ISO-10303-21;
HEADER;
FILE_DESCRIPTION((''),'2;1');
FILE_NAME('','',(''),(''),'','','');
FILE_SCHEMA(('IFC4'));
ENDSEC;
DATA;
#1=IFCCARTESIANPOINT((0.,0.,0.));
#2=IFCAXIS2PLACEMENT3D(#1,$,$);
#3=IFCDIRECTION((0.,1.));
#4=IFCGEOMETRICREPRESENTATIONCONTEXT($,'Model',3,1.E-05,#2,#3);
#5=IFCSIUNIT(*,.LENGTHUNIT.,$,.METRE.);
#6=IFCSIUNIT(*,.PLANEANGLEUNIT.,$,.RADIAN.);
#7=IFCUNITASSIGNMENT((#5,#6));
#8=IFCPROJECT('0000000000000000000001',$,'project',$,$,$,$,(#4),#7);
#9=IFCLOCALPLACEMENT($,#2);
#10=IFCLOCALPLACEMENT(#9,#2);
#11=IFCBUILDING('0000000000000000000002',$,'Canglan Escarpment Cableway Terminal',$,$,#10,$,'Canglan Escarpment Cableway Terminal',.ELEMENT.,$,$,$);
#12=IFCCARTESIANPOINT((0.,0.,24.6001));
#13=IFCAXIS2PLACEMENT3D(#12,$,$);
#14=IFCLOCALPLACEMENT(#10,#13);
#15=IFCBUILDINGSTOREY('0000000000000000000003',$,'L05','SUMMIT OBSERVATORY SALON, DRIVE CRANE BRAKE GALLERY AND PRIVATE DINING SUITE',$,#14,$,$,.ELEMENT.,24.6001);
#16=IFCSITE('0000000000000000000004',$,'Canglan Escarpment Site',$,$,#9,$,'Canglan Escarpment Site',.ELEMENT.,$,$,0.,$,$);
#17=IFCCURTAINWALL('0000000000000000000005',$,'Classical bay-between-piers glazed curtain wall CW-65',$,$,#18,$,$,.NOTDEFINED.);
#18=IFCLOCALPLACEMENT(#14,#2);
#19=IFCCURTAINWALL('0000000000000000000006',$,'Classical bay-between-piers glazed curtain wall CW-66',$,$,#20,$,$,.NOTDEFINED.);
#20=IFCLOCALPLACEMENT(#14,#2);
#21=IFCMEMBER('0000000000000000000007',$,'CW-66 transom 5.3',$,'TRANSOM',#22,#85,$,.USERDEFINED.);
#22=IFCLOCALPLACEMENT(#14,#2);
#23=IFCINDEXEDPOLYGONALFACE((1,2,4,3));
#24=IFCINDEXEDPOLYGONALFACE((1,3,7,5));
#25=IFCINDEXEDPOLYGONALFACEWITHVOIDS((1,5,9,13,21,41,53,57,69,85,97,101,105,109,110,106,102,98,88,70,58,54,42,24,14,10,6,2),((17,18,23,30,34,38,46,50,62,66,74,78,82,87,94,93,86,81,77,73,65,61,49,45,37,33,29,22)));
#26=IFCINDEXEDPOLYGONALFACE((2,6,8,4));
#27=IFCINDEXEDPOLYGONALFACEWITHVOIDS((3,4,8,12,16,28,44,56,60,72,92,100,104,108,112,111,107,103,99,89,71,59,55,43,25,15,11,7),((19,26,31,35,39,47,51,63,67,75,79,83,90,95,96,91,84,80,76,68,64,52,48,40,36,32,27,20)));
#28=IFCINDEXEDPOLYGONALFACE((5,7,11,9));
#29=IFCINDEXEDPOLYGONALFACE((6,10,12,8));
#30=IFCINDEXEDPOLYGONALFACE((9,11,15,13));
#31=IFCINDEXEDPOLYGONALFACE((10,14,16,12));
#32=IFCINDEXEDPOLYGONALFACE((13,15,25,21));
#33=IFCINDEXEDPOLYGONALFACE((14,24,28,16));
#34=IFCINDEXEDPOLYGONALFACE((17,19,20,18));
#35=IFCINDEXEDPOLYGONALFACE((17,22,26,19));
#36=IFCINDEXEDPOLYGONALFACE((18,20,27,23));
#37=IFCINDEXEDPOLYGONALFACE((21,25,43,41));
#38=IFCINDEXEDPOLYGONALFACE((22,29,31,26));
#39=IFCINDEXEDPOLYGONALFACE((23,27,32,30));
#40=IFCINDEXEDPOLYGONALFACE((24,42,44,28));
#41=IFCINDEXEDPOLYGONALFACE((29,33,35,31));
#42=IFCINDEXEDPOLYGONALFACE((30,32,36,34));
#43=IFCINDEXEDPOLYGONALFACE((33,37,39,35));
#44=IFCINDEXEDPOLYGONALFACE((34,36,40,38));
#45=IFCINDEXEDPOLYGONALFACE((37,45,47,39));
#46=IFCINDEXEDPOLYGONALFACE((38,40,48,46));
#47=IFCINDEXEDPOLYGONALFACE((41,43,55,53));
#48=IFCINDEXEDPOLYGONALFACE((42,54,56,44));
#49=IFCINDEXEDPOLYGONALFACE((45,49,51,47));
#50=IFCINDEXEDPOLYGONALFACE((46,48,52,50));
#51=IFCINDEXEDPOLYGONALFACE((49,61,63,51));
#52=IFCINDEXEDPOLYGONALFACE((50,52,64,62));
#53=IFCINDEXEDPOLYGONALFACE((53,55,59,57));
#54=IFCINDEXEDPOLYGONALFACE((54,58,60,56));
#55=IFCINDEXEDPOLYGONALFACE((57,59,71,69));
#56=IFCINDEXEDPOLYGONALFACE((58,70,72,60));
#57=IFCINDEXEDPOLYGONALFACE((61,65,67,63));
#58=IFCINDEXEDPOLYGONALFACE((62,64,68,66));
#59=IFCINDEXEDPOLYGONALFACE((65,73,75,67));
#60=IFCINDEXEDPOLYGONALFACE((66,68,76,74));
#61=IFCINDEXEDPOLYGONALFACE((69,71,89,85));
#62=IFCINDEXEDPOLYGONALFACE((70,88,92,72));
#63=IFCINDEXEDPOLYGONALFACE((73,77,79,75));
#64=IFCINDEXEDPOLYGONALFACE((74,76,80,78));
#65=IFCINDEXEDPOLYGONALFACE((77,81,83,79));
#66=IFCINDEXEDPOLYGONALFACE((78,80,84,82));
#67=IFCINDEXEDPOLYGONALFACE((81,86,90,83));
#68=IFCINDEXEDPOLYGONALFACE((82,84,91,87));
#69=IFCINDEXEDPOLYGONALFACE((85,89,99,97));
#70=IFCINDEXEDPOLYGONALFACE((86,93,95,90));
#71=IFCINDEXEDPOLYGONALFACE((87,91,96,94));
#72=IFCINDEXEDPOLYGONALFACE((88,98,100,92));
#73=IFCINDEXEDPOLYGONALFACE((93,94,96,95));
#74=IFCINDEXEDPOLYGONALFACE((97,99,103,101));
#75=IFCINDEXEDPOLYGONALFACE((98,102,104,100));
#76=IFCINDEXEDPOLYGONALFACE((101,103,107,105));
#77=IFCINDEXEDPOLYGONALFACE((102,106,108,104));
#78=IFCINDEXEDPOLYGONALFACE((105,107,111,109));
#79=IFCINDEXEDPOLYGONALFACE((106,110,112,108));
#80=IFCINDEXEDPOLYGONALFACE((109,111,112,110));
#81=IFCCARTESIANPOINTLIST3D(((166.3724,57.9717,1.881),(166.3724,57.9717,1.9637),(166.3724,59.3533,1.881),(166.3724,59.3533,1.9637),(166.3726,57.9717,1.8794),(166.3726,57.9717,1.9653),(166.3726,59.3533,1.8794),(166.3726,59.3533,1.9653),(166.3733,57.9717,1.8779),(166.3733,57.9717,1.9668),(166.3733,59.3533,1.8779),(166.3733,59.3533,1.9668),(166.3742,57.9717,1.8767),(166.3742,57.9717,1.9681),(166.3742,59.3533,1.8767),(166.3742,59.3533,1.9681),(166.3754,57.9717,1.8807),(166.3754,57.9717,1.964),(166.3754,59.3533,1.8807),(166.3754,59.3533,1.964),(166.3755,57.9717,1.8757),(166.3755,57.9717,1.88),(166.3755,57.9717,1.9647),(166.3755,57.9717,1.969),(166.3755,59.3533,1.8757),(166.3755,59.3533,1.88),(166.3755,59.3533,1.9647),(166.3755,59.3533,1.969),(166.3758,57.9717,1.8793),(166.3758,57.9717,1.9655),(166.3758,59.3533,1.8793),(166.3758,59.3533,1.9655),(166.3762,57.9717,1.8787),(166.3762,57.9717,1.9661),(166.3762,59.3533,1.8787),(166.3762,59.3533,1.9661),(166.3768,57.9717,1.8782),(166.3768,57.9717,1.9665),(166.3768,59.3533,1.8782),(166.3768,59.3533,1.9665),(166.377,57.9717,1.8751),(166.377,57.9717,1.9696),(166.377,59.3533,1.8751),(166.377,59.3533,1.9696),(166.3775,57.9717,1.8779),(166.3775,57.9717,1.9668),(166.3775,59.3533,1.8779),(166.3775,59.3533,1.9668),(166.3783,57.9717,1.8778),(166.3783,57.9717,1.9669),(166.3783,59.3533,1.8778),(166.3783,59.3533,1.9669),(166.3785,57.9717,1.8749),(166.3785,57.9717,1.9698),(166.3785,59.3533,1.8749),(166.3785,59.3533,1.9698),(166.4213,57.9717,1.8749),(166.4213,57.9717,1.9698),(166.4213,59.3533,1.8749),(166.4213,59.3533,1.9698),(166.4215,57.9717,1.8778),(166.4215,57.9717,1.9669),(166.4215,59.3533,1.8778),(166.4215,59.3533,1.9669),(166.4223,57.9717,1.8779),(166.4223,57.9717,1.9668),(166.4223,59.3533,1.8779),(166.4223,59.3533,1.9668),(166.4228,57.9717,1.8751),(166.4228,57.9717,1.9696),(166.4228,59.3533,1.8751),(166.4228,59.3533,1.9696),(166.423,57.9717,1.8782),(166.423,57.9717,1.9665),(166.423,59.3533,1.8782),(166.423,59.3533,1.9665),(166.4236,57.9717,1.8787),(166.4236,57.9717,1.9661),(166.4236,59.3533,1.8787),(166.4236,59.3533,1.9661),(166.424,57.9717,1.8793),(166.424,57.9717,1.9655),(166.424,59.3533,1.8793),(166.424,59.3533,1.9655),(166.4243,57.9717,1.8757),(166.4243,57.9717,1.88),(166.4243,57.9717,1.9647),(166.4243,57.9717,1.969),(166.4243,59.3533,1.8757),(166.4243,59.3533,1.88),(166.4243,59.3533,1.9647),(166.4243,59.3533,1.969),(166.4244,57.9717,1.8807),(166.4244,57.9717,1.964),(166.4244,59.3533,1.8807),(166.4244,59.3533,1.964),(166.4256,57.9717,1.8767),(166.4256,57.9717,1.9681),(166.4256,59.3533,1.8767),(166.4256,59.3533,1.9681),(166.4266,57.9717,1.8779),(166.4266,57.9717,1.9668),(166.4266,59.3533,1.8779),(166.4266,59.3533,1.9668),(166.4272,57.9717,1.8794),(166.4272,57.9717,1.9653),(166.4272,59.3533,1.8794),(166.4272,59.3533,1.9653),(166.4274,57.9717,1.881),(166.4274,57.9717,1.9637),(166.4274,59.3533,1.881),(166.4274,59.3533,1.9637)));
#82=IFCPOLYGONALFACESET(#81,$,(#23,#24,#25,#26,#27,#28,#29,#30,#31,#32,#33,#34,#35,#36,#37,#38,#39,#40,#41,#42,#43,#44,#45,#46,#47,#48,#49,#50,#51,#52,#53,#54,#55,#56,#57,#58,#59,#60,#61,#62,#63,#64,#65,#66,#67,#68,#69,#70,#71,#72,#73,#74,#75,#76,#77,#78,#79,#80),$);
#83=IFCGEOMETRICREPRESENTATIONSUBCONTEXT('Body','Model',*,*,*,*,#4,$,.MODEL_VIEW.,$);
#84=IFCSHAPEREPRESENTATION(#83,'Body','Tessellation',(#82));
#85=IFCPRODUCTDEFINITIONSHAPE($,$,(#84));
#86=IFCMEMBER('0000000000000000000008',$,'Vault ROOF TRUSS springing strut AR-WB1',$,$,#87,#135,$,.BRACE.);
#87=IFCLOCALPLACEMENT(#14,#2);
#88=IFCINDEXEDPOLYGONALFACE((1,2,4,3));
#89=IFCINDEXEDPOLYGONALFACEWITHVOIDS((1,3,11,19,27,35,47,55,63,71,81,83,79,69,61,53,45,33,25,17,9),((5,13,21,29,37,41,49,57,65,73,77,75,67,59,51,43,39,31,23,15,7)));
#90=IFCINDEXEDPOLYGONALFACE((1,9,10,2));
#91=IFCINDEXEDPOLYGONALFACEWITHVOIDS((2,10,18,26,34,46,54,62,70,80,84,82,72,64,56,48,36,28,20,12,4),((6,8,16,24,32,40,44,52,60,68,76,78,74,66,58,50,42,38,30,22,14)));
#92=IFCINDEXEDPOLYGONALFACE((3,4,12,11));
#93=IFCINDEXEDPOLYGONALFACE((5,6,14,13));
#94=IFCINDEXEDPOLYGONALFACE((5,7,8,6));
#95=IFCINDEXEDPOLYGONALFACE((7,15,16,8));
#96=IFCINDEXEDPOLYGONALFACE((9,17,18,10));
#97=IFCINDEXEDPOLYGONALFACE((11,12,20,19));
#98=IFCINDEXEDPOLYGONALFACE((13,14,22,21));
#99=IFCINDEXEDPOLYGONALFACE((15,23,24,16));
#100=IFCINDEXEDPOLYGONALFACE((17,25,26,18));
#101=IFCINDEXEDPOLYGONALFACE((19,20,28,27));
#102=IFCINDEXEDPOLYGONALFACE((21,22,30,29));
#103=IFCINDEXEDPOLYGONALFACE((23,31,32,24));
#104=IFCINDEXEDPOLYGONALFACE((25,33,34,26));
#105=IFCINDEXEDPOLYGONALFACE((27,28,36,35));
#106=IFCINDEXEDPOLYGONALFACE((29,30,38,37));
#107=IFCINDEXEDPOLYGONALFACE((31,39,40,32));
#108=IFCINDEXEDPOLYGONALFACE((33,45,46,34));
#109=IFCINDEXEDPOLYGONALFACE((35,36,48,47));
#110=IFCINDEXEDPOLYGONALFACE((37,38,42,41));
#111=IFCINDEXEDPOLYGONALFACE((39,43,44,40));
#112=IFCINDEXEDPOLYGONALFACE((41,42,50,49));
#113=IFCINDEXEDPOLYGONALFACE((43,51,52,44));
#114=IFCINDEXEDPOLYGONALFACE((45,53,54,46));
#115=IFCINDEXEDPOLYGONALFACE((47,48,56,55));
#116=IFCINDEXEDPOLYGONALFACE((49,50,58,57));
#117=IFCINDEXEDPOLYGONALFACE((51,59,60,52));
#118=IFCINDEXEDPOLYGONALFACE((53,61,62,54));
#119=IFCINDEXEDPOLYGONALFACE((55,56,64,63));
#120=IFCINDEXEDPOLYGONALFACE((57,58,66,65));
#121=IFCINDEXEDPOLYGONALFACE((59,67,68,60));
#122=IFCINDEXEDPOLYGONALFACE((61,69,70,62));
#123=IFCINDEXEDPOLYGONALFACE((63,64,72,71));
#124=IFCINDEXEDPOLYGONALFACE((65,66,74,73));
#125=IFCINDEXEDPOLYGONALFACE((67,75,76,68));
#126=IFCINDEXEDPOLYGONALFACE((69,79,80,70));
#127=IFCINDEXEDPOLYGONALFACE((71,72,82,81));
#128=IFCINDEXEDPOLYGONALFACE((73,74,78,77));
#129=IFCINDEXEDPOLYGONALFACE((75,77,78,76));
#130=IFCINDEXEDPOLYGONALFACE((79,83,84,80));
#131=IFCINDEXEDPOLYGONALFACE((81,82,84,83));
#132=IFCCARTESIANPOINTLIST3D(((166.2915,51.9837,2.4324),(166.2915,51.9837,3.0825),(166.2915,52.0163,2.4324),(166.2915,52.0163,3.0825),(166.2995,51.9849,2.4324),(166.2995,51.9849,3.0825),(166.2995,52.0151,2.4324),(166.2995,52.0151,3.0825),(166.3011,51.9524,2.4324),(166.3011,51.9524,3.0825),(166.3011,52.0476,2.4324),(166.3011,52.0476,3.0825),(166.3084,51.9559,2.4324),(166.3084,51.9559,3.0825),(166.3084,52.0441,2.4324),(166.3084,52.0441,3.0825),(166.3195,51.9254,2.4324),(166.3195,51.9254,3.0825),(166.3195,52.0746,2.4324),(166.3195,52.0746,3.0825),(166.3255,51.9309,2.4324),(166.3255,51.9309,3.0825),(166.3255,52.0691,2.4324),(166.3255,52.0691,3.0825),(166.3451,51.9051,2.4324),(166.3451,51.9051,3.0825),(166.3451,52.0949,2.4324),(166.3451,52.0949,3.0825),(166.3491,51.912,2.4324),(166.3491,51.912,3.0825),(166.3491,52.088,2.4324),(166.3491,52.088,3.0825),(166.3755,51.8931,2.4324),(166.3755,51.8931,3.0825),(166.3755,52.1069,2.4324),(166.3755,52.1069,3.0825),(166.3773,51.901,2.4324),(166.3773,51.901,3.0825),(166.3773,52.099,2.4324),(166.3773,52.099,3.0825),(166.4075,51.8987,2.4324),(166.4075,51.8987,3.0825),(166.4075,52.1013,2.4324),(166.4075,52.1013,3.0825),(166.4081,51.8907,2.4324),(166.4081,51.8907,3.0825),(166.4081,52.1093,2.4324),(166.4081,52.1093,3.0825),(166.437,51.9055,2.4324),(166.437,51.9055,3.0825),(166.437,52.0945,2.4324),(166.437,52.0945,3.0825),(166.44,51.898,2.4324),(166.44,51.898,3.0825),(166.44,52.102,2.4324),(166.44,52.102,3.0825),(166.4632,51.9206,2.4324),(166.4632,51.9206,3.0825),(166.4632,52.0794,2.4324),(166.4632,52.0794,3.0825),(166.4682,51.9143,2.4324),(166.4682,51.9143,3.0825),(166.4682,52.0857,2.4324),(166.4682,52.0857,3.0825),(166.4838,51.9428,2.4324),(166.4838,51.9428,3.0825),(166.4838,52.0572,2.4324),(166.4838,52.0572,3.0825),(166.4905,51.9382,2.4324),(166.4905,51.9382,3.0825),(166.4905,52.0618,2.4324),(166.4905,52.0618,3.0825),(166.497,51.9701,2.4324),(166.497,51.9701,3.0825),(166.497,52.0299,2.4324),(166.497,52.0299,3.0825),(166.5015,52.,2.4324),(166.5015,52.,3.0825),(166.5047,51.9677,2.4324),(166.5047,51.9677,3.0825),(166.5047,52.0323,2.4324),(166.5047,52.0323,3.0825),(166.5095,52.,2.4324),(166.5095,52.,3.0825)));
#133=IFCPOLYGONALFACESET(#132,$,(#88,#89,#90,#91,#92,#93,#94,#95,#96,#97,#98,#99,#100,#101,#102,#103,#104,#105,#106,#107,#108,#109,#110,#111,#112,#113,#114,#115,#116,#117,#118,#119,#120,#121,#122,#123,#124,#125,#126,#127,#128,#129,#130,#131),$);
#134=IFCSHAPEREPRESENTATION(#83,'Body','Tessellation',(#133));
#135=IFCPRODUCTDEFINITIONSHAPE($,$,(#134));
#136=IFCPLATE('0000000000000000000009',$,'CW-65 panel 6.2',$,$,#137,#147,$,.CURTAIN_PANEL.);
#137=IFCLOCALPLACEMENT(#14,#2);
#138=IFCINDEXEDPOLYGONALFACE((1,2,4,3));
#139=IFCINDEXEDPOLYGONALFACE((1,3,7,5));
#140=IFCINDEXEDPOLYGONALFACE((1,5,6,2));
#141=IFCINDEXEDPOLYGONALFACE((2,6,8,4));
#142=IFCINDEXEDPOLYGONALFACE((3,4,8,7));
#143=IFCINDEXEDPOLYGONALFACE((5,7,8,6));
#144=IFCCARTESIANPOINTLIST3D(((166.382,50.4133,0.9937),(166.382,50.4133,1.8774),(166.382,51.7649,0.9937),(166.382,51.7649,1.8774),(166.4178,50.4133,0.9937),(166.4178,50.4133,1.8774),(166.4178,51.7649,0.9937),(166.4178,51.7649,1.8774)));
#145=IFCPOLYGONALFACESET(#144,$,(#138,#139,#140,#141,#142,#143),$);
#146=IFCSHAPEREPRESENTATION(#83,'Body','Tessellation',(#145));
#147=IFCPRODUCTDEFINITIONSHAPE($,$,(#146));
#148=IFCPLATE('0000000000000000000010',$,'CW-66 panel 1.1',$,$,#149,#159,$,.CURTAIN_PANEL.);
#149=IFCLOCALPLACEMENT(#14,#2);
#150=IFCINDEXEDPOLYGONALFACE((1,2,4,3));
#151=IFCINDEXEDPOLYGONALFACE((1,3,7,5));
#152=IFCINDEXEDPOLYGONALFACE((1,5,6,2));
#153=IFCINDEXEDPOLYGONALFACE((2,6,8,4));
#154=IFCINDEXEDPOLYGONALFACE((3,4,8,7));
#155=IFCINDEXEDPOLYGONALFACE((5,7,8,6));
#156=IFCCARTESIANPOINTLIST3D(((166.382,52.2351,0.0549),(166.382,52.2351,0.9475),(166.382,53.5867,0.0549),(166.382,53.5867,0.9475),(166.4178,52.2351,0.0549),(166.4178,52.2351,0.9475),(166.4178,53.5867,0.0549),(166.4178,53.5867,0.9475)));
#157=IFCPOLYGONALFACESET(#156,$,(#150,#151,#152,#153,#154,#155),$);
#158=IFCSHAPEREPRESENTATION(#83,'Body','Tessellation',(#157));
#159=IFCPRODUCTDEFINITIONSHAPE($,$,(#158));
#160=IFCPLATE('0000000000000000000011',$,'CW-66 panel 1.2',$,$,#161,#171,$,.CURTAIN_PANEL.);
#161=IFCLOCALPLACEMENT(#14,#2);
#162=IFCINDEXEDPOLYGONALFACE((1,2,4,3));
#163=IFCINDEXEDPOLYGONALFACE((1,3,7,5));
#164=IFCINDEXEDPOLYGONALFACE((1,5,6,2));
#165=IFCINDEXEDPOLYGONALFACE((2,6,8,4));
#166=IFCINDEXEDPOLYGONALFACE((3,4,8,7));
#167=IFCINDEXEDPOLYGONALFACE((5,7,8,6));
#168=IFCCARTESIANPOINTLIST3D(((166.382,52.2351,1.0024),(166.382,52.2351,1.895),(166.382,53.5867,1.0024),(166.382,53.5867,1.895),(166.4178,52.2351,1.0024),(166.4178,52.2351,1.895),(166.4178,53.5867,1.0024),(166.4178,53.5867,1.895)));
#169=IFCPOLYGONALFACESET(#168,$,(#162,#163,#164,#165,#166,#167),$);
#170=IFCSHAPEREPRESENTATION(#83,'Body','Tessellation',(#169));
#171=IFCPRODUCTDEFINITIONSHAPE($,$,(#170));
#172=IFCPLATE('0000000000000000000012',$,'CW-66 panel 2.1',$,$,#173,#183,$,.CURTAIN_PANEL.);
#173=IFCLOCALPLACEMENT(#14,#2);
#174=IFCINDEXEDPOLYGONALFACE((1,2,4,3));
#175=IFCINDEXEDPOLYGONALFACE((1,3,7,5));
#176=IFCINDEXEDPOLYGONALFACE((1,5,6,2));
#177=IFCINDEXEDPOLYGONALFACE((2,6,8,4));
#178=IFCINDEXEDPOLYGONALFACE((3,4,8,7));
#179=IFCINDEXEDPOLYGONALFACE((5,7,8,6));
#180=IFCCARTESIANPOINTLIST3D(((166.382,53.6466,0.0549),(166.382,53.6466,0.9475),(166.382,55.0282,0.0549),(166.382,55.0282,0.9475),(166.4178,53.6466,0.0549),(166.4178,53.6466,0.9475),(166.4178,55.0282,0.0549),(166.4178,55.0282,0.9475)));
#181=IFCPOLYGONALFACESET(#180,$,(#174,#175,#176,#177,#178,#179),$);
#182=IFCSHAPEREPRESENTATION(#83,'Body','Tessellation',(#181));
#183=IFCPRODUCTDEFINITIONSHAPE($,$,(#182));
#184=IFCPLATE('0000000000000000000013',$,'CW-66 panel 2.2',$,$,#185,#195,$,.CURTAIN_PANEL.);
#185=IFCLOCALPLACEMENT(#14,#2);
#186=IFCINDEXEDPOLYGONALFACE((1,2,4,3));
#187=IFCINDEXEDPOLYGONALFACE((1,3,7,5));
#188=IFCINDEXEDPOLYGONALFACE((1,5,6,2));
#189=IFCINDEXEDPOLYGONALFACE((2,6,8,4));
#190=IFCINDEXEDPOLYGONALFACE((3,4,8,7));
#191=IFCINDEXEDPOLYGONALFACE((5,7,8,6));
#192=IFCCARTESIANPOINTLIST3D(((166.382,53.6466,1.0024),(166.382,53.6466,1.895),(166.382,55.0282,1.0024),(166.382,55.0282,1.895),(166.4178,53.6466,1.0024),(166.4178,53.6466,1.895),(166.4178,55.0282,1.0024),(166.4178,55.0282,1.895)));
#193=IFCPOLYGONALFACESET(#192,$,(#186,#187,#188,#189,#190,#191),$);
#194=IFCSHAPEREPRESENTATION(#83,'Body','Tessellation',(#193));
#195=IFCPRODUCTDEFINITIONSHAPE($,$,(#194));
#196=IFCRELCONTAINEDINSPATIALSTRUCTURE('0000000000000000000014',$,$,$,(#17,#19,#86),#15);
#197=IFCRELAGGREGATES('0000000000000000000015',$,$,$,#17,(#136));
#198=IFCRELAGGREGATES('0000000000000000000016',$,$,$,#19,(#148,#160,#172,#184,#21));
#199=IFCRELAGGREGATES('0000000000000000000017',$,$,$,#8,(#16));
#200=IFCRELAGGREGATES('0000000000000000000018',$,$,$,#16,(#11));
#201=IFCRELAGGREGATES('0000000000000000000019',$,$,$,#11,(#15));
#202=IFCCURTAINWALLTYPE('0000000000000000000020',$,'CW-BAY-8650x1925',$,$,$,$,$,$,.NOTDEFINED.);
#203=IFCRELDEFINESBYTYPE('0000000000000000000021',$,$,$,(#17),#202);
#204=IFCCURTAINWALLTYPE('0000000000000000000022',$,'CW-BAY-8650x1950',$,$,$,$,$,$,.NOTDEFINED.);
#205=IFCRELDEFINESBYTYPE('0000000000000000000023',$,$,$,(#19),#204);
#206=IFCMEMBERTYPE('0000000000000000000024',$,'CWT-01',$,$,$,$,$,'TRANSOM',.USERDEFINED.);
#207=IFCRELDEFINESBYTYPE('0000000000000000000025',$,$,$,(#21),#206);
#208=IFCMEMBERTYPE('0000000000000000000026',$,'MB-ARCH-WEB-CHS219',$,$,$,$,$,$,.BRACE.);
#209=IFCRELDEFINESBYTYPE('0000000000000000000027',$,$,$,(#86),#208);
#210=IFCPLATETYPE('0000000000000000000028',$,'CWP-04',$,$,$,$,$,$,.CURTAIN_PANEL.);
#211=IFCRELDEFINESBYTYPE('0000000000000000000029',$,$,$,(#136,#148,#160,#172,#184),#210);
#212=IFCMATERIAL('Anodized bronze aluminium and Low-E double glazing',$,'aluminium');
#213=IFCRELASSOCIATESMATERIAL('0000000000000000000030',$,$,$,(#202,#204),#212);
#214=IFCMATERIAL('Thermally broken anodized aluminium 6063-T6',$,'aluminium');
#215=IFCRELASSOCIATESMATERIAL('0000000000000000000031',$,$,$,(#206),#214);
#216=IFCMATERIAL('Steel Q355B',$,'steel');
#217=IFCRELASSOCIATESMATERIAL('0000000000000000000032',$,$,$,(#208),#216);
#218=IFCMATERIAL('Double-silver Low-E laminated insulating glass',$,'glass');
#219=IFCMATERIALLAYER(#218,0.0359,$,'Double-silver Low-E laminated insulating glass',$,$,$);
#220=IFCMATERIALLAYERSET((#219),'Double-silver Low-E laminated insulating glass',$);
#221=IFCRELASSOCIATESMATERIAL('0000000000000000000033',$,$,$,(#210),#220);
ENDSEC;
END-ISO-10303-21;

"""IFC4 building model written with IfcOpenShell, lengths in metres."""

from ifc_helpers import new_model, si_unit, direction, frame, origin, origin_2d, place, context, subcontext, project, spatial, rectangle, hollow_rectangle, hollow_circle, extrude, material, layer, layer_set, material_profile, profile_set, type_object, element, aggregate, save


model = new_model("IFC4")

# Units and contexts
model_context = context("Model", 3, precision=1e-05, world=origin(), true_north=direction((0.0, 1.0)))
body_context = subcontext(model_context, "Body", "Model", "MODEL_VIEW")
ifc_project = project(units=[si_unit("LENGTHUNIT", "METRE"), si_unit("PLANEANGLEUNIT", "RADIAN")], contexts=[model_context])

# Site, building, storey
site_placement = place(None, origin())
site = spatial("IfcSite", under=ifc_project, at=site_placement, Name="Canglan Escarpment Site", LongName="Canglan Escarpment Site", CompositionType="ELEMENT", RefElevation=0.0)
building_placement = place(site_placement, origin())
building = spatial("IfcBuilding", under=site, at=building_placement, Name="Canglan Escarpment Cableway Terminal", LongName="Canglan Escarpment Cableway Terminal", CompositionType="ELEMENT")
storey_placement = place(building_placement, frame((0.0, 0.0, 24.6001)))
storey = spatial("IfcBuildingStorey", under=building, at=storey_placement, Name="L05", Description="SUMMIT OBSERVATORY SALON, DRIVE CRANE BRAKE GALLERY AND PRIVATE DINING SUITE", CompositionType="ELEMENT", Elevation=24.6001)

# Shared definitions
ifc_material_1 = material(Name="Steel Q355B", Category="steel")

# Curtain wall
ifc_material_2 = material(Name="Anodized bronze aluminium and Low-E double glazing", Category="aluminium")
curtain_wall_type_1 = type_object("IfcCurtainWallType", Name="CW-BAY-8650x1925", PredefinedType="NOTDEFINED", material=ifc_material_2)
curtain_wall_1_placement = place(storey_placement, origin())
curtain_wall_1 = element("IfcCurtainWall", 1, at=curtain_wall_1_placement, inside=storey, type_object=curtain_wall_type_1, Name="Classical bay-between-piers glazed curtain wall CW-65", PredefinedType="NOTDEFINED")
ifc_material_3 = material(Name="Thermally broken anodized aluminium 6063-T6", Category="aluminium")

# Curtain wall, member
curtain_wall_type_2 = type_object("IfcCurtainWallType", Name="CW-BAY-8650x1950", PredefinedType="NOTDEFINED", material=ifc_material_2)
curtain_wall_2_placement = place(storey_placement, origin())
curtain_wall_2 = element("IfcCurtainWall", 2, at=curtain_wall_2_placement, inside=storey, type_object=curtain_wall_type_2, Name="Classical bay-between-piers glazed curtain wall CW-66", PredefinedType="NOTDEFINED")
ifc_material_profile_1 = material_profile(ifc_material_3, hollow_rectangle(XDim=0.0549, YDim=0.095, WallThickness=0.0029, InnerFilletRadius=0.0029, OuterFilletRadius=0.0061, at=origin_2d()), Name="ALU-TRAN 55x95x3")
ifc_profile_set_1 = profile_set([ifc_material_profile_1], Name="Thermally broken anodized aluminium 6063-T6")
member_type_1 = type_object("IfcMemberType", Name="CWT-01", ElementType="TRANSOM", PredefinedType="USERDEFINED", material=ifc_profile_set_1)
member_1_placement = place(storey_placement, frame((166.3999, 57.9717, 1.9224), z_axis=(0.0, 1.0, 0.0), x_axis=(-1.0, 0.0, 0.0)))
member_1 = element("IfcMember", 3, at=member_1_placement, type_object=member_type_1, Name="CW-66 transom 5.3", ObjectType="TRANSOM", PredefinedType="USERDEFINED", context=body_context, shape_type="SweptSolid", body=[
    extrude(hollow_rectangle(XDim=0.0549, YDim=0.095, WallThickness=0.0029, InnerFilletRadius=0.0029, OuterFilletRadius=0.0061, at=origin_2d()), origin(), (0.0, 0.0, 1.0), 1.3816),
])

# Member
ifc_material_profile_2 = material_profile(ifc_material_1, hollow_circle(Radius=0.1096, WallThickness=0.0081, at=origin_2d()), Name="CHS 219.1x8")
ifc_profile_set_2 = profile_set([ifc_material_profile_2], Name="Steel Q355B")
member_type_2 = type_object("IfcMemberType", Name="MB-ARCH-WEB-CHS219", PredefinedType="BRACE", material=ifc_profile_set_2)
member_2_placement = place(storey_placement, frame((166.3999, 52.0, 2.4324), z_axis=(0.0, 0.0, 1.0), x_axis=(1.0, 0.0, 0.0)))
element("IfcMember", 4, at=member_2_placement, inside=storey, type_object=member_type_2, Name="Vault ROOF TRUSS springing strut AR-WB1", PredefinedType="BRACE", context=body_context, shape_type="SweptSolid", body=[
    extrude(hollow_circle(Radius=0.1096, WallThickness=0.0081, at=origin_2d()), origin(), (0.0, 0.0, 1.0), 0.6501),
])

# Plates
ifc_material_4 = material(Name="Double-silver Low-E laminated insulating glass", Category="glass")
ifc_layer_1 = layer(ifc_material_4, 0.0359, Name="Double-silver Low-E laminated insulating glass")
ifc_layer_set_1 = layer_set([ifc_layer_1], Name="Double-silver Low-E laminated insulating glass")
plate_type_1 = type_object("IfcPlateType", Name="CWP-04", PredefinedType="CURTAIN_PANEL", material=ifc_layer_set_1)
plate_1_placement = place(storey_placement, frame((166.3999, 51.0891, 0.9937), z_axis=(0.0, 0.0, 1.0), x_axis=(0.0, 1.0, 0.0)))
plate_1 = element("IfcPlate", 5, at=plate_1_placement, type_object=plate_type_1, Name="CW-65 panel 6.2", PredefinedType="CURTAIN_PANEL", context=body_context, shape_type="SweptSolid", body=[
    extrude(rectangle(XDim=1.3516, YDim=0.0359, at=origin_2d()), origin(), (0.0, 0.0, 1.0), 0.8838),
])
aggregate(curtain_wall_1, [plate_1])
plate_2_placement = place(storey_placement, frame((166.3999, 52.9109, 0.0549), z_axis=(0.0, 0.0, 1.0), x_axis=(0.0, 1.0, 0.0)))
plate_2 = element("IfcPlate", 6, at=plate_2_placement, type_object=plate_type_1, Name="CW-66 panel 1.1", PredefinedType="CURTAIN_PANEL", context=body_context, shape_type="SweptSolid", body=[
    extrude(rectangle(XDim=1.3516, YDim=0.0359, at=origin_2d()), origin(), (0.0, 0.0, 1.0), 0.8926),
])
plate_3_placement = place(storey_placement, frame((166.3999, 52.9109, 1.0024), z_axis=(0.0, 0.0, 1.0), x_axis=(0.0, 1.0, 0.0)))
plate_3 = element("IfcPlate", 7, at=plate_3_placement, type_object=plate_type_1, Name="CW-66 panel 1.2", PredefinedType="CURTAIN_PANEL", context=body_context, shape_type="SweptSolid", body=[
    extrude(rectangle(XDim=1.3516, YDim=0.0359, at=origin_2d()), origin(), (0.0, 0.0, 1.0), 0.8926),
])
plate_4_placement = place(storey_placement, frame((166.3999, 54.3374, 0.0549), z_axis=(0.0, 0.0, 1.0), x_axis=(0.0, 1.0, 0.0)))
plate_4 = element("IfcPlate", 8, at=plate_4_placement, type_object=plate_type_1, Name="CW-66 panel 2.1", PredefinedType="CURTAIN_PANEL", context=body_context, shape_type="SweptSolid", body=[
    extrude(rectangle(XDim=1.3816, YDim=0.0359, at=origin_2d()), origin(), (0.0, 0.0, 1.0), 0.8926),
])
plate_5_placement = place(storey_placement, frame((166.3999, 54.3374, 1.0024), z_axis=(0.0, 0.0, 1.0), x_axis=(0.0, 1.0, 0.0)))
plate_5 = element("IfcPlate", 9, at=plate_5_placement, type_object=plate_type_1, Name="CW-66 panel 2.2", PredefinedType="CURTAIN_PANEL", context=body_context, shape_type="SweptSolid", body=[
    extrude(rectangle(XDim=1.3816, YDim=0.0359, at=origin_2d()), origin(), (0.0, 0.0, 1.0), 0.8926),
])
aggregate(curtain_wall_2, [plate_2, plate_3, plate_4, plate_5, member_1])

save(model, "model.ifc")
